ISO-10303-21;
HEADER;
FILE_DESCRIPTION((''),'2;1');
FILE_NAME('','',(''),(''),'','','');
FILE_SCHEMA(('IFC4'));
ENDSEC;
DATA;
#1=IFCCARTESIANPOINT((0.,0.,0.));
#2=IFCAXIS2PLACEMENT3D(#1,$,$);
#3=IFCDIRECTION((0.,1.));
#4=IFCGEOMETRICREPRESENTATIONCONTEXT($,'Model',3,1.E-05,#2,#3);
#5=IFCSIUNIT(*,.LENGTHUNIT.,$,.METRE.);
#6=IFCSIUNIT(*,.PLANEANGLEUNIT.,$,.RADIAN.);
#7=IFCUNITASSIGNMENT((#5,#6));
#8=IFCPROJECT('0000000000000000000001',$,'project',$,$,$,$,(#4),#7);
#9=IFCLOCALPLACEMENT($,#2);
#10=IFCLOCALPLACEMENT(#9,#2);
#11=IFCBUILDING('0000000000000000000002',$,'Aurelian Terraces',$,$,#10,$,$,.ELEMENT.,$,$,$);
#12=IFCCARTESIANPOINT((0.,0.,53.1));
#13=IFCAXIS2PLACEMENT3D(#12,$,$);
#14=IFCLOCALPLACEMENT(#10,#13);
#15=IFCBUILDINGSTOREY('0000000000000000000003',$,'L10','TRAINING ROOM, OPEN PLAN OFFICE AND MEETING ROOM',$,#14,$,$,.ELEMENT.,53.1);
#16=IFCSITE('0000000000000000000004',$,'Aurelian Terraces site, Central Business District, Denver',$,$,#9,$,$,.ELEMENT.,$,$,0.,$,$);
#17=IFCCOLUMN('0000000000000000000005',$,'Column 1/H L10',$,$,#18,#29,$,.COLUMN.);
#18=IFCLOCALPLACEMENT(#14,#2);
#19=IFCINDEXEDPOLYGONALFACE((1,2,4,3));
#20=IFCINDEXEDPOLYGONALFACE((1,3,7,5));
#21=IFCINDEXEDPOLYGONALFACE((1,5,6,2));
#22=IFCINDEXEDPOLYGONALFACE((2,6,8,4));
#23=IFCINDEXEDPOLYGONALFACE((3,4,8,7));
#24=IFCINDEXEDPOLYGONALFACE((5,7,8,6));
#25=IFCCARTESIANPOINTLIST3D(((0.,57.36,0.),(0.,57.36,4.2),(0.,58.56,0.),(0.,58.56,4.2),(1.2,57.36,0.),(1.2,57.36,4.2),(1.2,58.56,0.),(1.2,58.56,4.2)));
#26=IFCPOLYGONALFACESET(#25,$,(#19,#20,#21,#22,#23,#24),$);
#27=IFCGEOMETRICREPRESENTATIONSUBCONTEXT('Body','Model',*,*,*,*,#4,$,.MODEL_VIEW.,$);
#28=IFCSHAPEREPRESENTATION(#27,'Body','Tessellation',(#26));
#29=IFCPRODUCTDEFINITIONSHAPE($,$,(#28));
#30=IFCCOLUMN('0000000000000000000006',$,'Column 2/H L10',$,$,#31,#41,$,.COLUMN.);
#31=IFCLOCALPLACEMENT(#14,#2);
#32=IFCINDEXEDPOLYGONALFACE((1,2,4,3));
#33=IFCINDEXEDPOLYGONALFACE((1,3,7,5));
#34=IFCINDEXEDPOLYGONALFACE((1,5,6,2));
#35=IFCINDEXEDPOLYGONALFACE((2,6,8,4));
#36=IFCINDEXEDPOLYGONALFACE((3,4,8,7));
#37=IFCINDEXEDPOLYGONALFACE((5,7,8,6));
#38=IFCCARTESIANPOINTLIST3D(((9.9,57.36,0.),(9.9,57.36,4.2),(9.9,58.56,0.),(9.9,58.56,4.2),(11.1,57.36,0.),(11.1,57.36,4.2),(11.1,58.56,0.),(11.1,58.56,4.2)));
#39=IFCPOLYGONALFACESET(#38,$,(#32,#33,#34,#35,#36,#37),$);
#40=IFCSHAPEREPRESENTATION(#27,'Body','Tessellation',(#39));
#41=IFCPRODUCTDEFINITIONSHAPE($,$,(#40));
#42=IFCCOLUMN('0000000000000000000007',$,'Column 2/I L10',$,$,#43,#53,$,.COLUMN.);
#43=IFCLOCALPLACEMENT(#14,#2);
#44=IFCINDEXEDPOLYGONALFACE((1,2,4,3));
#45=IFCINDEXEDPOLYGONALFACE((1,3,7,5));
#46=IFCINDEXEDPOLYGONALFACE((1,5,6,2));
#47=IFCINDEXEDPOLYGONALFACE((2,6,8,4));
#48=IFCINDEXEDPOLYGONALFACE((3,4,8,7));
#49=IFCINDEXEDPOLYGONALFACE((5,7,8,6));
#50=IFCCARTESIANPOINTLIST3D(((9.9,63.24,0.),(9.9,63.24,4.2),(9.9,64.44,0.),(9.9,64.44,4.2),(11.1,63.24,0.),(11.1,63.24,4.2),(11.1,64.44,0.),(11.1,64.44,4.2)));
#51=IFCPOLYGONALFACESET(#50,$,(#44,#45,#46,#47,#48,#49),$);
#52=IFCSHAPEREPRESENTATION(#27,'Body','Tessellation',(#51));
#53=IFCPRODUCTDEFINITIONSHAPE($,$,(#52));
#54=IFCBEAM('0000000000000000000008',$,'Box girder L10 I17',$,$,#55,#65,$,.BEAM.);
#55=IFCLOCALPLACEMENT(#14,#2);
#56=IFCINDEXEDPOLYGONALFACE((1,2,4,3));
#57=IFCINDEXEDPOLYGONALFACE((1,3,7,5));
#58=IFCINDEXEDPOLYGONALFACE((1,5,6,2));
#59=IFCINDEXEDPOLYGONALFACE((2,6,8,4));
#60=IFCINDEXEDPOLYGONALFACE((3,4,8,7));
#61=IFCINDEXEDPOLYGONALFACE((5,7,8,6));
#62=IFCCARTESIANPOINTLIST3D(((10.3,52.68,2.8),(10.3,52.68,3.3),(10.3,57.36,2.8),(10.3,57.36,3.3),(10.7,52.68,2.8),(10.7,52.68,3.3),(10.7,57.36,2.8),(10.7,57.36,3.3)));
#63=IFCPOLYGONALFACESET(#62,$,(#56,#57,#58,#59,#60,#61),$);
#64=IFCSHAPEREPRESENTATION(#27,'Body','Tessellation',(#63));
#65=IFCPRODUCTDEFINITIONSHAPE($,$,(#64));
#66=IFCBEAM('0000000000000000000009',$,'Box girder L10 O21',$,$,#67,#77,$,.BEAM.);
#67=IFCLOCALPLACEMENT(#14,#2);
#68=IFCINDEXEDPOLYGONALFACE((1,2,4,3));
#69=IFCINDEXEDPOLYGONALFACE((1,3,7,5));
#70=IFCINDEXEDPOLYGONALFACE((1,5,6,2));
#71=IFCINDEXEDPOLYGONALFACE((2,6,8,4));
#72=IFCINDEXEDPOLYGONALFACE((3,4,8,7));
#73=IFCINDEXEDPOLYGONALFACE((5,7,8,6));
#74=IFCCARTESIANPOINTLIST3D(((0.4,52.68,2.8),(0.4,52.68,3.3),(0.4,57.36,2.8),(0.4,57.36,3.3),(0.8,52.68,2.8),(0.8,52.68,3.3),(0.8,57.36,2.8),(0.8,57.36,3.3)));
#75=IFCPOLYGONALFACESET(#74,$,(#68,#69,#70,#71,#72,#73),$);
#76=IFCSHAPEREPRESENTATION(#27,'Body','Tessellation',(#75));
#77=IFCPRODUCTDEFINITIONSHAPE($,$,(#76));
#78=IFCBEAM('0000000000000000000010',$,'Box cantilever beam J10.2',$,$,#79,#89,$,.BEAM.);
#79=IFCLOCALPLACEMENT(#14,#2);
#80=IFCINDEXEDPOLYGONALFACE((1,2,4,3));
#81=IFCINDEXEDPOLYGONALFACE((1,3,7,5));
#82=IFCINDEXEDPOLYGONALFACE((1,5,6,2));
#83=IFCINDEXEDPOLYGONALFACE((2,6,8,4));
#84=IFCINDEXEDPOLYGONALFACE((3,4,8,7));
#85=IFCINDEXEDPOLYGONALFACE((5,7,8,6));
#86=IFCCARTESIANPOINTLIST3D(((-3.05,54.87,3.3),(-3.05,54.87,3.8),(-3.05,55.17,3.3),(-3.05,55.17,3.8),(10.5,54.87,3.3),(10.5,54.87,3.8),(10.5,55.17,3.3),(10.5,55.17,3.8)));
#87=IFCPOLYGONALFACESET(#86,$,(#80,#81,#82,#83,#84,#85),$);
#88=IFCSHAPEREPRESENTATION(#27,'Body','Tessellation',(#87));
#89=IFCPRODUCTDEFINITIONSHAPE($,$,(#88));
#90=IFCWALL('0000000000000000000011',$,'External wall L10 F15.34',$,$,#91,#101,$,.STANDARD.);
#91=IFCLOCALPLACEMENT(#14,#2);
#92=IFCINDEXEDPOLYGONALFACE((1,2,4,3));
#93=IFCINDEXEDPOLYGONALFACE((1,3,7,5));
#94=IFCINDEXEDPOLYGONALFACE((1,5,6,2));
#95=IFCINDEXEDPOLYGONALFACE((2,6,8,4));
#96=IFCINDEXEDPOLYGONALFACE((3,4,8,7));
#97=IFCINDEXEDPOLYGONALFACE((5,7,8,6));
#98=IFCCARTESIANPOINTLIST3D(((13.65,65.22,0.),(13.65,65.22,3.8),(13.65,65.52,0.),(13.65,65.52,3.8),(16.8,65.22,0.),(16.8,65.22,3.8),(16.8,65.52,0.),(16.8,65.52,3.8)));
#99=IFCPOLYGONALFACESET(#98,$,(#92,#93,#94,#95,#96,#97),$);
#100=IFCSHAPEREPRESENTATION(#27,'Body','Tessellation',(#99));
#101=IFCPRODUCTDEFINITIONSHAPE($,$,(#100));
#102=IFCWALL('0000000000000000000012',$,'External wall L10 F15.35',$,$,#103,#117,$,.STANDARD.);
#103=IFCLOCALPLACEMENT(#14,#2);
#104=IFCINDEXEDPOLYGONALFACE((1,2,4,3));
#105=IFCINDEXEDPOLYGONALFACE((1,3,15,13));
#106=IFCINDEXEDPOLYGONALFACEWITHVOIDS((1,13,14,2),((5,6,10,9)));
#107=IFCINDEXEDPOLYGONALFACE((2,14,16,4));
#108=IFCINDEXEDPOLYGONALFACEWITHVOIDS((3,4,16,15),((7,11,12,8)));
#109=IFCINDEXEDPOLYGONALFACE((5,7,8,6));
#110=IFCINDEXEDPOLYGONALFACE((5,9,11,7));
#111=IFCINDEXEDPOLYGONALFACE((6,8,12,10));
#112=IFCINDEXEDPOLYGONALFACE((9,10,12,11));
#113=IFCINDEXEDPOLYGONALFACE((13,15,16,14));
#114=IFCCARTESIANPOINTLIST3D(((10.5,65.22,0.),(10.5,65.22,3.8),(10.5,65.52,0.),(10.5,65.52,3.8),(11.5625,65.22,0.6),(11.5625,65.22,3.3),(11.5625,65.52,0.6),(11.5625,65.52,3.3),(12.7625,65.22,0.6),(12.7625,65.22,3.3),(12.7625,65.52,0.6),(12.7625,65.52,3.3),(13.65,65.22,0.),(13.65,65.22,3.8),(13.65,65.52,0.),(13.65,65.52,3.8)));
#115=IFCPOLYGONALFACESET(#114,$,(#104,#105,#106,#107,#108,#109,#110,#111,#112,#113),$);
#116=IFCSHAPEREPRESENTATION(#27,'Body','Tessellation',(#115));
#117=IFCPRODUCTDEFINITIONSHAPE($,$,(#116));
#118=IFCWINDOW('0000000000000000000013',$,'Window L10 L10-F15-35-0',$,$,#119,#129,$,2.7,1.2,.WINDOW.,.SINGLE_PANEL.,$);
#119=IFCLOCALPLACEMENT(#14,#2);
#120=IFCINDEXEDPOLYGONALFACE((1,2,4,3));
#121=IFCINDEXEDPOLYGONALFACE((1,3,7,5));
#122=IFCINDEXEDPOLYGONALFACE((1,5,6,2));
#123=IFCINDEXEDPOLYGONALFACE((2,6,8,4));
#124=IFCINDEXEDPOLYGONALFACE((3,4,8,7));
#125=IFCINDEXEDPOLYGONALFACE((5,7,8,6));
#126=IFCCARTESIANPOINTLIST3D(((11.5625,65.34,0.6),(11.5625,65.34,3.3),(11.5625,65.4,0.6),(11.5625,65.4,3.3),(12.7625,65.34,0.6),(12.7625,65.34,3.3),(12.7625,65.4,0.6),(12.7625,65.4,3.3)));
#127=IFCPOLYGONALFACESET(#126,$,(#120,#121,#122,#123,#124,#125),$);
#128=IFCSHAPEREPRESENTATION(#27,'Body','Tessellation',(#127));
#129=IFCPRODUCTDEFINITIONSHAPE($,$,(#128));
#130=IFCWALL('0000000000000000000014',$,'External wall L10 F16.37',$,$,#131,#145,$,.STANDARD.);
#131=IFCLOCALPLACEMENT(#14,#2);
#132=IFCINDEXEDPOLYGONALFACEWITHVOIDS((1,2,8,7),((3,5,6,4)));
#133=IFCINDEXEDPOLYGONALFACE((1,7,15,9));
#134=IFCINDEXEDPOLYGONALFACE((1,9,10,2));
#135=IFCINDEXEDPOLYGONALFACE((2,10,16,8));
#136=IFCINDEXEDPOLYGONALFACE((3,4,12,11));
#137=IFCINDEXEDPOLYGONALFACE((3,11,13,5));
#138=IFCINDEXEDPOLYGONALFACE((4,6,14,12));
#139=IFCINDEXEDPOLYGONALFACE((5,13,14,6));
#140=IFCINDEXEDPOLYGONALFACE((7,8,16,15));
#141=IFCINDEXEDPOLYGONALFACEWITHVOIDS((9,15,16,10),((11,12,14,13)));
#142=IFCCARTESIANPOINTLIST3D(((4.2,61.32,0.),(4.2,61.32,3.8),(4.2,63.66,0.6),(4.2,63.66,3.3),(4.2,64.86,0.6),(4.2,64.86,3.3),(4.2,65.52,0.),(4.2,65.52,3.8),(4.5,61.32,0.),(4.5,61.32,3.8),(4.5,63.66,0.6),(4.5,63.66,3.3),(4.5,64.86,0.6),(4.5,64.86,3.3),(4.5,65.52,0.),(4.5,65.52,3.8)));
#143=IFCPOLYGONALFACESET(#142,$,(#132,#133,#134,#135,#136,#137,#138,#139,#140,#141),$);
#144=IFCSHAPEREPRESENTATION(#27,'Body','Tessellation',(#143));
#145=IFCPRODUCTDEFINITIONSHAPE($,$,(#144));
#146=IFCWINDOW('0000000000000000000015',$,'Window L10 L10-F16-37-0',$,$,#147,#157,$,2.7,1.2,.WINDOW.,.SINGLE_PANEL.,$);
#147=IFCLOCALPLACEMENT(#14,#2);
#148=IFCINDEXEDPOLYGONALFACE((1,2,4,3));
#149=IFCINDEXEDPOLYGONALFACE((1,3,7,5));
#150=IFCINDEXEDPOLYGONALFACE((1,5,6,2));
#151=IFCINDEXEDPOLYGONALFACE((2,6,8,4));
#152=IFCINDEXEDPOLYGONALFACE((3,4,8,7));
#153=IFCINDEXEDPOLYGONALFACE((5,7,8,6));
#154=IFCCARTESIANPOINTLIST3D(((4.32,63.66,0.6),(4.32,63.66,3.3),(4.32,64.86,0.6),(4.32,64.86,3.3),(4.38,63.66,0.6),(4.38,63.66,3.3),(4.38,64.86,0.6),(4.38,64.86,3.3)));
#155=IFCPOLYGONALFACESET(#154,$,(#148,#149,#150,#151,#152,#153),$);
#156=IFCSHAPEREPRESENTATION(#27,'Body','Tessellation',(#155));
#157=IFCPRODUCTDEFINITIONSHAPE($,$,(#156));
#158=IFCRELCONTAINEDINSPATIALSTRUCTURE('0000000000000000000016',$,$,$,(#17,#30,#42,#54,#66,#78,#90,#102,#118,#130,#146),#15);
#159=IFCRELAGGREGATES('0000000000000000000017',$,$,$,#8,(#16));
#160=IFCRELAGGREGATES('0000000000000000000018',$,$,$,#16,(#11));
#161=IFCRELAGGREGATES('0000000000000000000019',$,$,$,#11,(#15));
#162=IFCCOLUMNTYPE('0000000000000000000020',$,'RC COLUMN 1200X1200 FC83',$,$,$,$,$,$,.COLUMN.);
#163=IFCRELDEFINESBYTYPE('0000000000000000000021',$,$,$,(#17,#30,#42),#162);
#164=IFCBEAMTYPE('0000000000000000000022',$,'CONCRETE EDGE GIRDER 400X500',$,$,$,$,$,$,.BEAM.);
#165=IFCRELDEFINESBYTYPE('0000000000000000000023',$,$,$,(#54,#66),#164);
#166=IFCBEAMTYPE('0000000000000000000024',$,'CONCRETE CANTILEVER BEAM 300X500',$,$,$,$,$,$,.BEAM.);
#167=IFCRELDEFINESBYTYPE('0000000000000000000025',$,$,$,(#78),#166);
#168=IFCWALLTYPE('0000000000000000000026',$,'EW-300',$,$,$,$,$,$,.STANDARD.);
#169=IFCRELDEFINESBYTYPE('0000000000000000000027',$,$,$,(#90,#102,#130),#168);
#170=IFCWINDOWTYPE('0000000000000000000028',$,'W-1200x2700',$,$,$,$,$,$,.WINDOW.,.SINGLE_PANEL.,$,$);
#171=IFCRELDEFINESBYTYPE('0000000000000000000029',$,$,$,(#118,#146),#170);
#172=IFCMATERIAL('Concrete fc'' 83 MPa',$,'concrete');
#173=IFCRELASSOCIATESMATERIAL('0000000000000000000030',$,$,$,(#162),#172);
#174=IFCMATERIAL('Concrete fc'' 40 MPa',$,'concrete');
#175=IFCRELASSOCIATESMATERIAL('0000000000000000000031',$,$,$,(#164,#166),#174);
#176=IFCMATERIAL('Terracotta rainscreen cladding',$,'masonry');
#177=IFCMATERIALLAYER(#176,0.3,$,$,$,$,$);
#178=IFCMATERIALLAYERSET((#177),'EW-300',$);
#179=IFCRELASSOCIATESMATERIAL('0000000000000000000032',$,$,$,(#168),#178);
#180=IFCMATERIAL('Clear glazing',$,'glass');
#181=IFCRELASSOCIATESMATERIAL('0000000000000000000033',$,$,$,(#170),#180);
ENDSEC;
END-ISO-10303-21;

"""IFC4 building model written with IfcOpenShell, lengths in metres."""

from ifc_helpers import new_model, si_unit, direction, frame, frame_2d, origin, origin_2d, place, context, subcontext, project, spatial, rectangle, extrude, source, transform, mapped, material, layer, layer_set, material_profile, profile_set, type_object, element, fill, save


model = new_model("IFC4")

# Units and contexts
model_context = context("Model", 3, precision=1e-05, world=origin(), true_north=direction((0.0, 1.0)))
body_context = subcontext(model_context, "Body", "Model", "MODEL_VIEW")
ifc_project = project(units=[si_unit("LENGTHUNIT", "METRE"), si_unit("PLANEANGLEUNIT", "RADIAN")], contexts=[model_context])

# Site, building, storey
site_placement = place(None, origin())
site = spatial("IfcSite", under=ifc_project, at=site_placement, Name="Aurelian Terraces site, Central Business District, Denver", CompositionType="ELEMENT", RefElevation=0.0)
building_placement = place(site_placement, origin())
building = spatial("IfcBuilding", under=site, at=building_placement, Name="Aurelian Terraces", CompositionType="ELEMENT")
storey_placement = place(building_placement, frame((0.0, 0.0, 53.1)))
storey = spatial("IfcBuildingStorey", under=building, at=storey_placement, Name="L10", Description="TRAINING ROOM, OPEN PLAN OFFICE AND MEETING ROOM", CompositionType="ELEMENT", Elevation=53.1)

# Columns
ifc_material_1 = material(Name="Concrete fc' 83 MPa", Category="concrete")
ifc_material_profile_1 = material_profile(ifc_material_1, rectangle(XDim=1.2, YDim=1.2, at=origin_2d()))
ifc_profile_set_1 = profile_set([ifc_material_profile_1], Name="Concrete fc' 83 MPa")
column_type = type_object("IfcColumnType", Name="RC COLUMN 1200X1200 FC83", PredefinedType="COLUMN", material=ifc_profile_set_1)
shared_shape_1 = source(origin(), body_context, "Body", "SweptSolid", [
    extrude(rectangle(XDim=1.2, YDim=1.2, at=origin_2d()), origin(), (0.0, 0.0, 1.0), 4.2),
])
for number, where, z_axis, x_axis, name in (
    (1, (0.6, 57.96, 0.0), (0.0, 0.0, 1.0), (1.0, 0.0, 0.0), "Column 1/H L10"),
    (2, (10.5, 57.96, 0.0), (0.0, 0.0, 1.0), (1.0, 0.0, 0.0), "Column 2/H L10"),
    (3, (10.5, 63.84, 0.0), (0.0, 0.0, 1.0), (1.0, 0.0, 0.0), "Column 2/I L10"),
):
    element("IfcColumn", number, at=place(storey_placement, frame(where, z_axis=z_axis, x_axis=x_axis)), inside=storey, type_object=column_type, Name=name, PredefinedType="COLUMN", context=body_context, shape_type="MappedRepresentation", body=[
        mapped(shared_shape_1, transform((0.0, 0.0, 0.0), scale=1.0)),
    ])

# Beams
ifc_material_2 = material(Name="Concrete fc' 40 MPa", Category="concrete")
ifc_material_profile_2 = material_profile(ifc_material_2, rectangle(XDim=0.4, YDim=0.5, at=origin_2d()))
ifc_profile_set_2 = profile_set([ifc_material_profile_2], Name="Concrete fc' 40 MPa")
beam_type_1 = type_object("IfcBeamType", Name="CONCRETE EDGE GIRDER 400X500", PredefinedType="BEAM", material=ifc_profile_set_2)
shared_shape_2 = source(origin(), body_context, "Body", "SweptSolid", [
    extrude(rectangle(XDim=0.4, YDim=0.5, at=origin_2d()), origin(), (0.0, 0.0, 1.0), 4.68),
])
for number, where, z_axis, x_axis, name in (
    (4, (10.5, 52.68, 3.05), (0.0, 1.0, 0.0), (-1.0, 0.0, 0.0), "Box girder L10 I17"),
    (5, (0.6, 52.68, 3.05), (0.0, 1.0, 0.0), (-1.0, 0.0, 0.0), "Box girder L10 O21"),
):
    element("IfcBeam", number, at=place(storey_placement, frame(where, z_axis=z_axis, x_axis=x_axis)), inside=storey, type_object=beam_type_1, Name=name, PredefinedType="BEAM", context=body_context, shape_type="MappedRepresentation", body=[
        mapped(shared_shape_2, transform((0.0, 0.0, 0.0), scale=1.0)),
    ])
ifc_material_profile_3 = material_profile(ifc_material_2, rectangle(XDim=0.3, YDim=0.5, at=origin_2d()))
ifc_profile_set_3 = profile_set([ifc_material_profile_3], Name="Concrete fc' 40 MPa")
beam_type_2 = type_object("IfcBeamType", Name="CONCRETE CANTILEVER BEAM 300X500", PredefinedType="BEAM", material=ifc_profile_set_3)
shared_shape_3 = source(origin(), body_context, "Body", "SweptSolid", [
    extrude(rectangle(XDim=0.3, YDim=0.5, at=origin_2d()), origin(), (0.0, 0.0, 1.0), 13.55),
])
beam_placement = place(storey_placement, frame((-3.05, 55.02, 3.55), z_axis=(1.0, 0.0, 0.0), x_axis=(0.0, 1.0, 0.0)))
element("IfcBeam", 6, at=beam_placement, inside=storey, type_object=beam_type_2, Name="Box cantilever beam J10.2", PredefinedType="BEAM", context=body_context, shape_type="MappedRepresentation", body=[
    mapped(shared_shape_3, transform((0.0, 0.0, 0.0), scale=1.0)),
])

# Wall
ifc_material_3 = material(Name="Terracotta rainscreen cladding", Category="masonry")
ifc_layer_1 = layer(ifc_material_3, 0.3)
ifc_layer_set_1 = layer_set([ifc_layer_1], Name="EW-300")
wall_type_1 = type_object("IfcWallType", Name="EW-300", PredefinedType="STANDARD", material=ifc_layer_set_1)
shared_shape_4 = source(origin(), body_context, "Body", "SweptSolid", [
    extrude(rectangle(XDim=3.15, YDim=0.3, at=frame_2d((1.575, 0.0))), origin(), (0.0, 0.0, 1.0), 3.8),
])
wall_1_placement = place(storey_placement, frame((16.8, 65.37, 0.0), z_axis=(0.0, 0.0, 1.0), x_axis=(-1.0, 0.0, 0.0)))
element("IfcWall", 7, at=wall_1_placement, inside=storey, type_object=wall_type_1, Name="External wall L10 F15.34", PredefinedType="STANDARD", context=body_context, shape_type="MappedRepresentation", body=[
    mapped(shared_shape_4, transform((0.0, 0.0, 0.0), scale=1.0)),
])

# Walls, openings, windows
wall_2_placement = place(storey_placement, frame((13.65, 65.37, 0.0), z_axis=(0.0, 0.0, 1.0), x_axis=(-1.0, 0.0, 0.0)))
wall_2 = element("IfcWall", 8, at=wall_2_placement, inside=storey, type_object=wall_type_1, Name="External wall L10 F15.35", PredefinedType="STANDARD", context=body_context, shape_type="MappedRepresentation", body=[
    mapped(shared_shape_4, transform((0.0, 0.0, 0.0), scale=1.0)),
])
shared_shape_5 = source(origin(), body_context, "Body", "SweptSolid", [
    extrude(rectangle(XDim=1.2, YDim=2.7, at=frame_2d((0.6, 1.35))), frame((0.0, 0.16, 0.0), z_axis=(0.0, -1.0, 0.0), x_axis=(1.0, 0.0, 0.0)), (0.0, 0.0, 1.0), 0.32),
])
opening_1_placement = place(wall_2_placement, frame((0.8875, 0.0, 0.6)))
opening_1 = element("IfcOpeningElement", 9, at=opening_1_placement, cuts=wall_2, PredefinedType="OPENING", context=body_context, shape_type="MappedRepresentation", body=[
    mapped(shared_shape_5, transform((0.0, 0.0, 0.0), scale=1.0)),
])
ifc_material_4 = material(Name="Clear glazing", Category="glass")
window_type_1 = type_object("IfcWindowType", Name="W-1200x2700", PartitioningType="SINGLE_PANEL", PredefinedType="WINDOW", material=ifc_material_4)
shared_shape_6 = source(origin(), body_context, "Body", "SweptSolid", [
    extrude(rectangle(XDim=1.2, YDim=2.7, at=frame_2d((0.6, 1.35))), frame((0.0, 0.03, 0.0), z_axis=(0.0, -1.0, 0.0), x_axis=(1.0, 0.0, 0.0)), (0.0, 0.0, 1.0), 0.06),
])
window_1_placement = place(opening_1_placement, origin())
window_1 = element("IfcWindow", 10, at=window_1_placement, inside=storey, type_object=window_type_1, Name="Window L10 L10-F15-35-0", OverallHeight=2.7, OverallWidth=1.2, PartitioningType="SINGLE_PANEL", PredefinedType="WINDOW", context=body_context, shape_type="MappedRepresentation", body=[
    mapped(shared_shape_6, transform((0.0, 0.0, 0.0), scale=1.0)),
])
fill(opening_1, window_1)
shared_shape_7 = source(origin(), body_context, "Body", "SweptSolid", [
    extrude(rectangle(XDim=4.2, YDim=0.3, at=frame_2d((2.1, 0.0))), origin(), (0.0, 0.0, 1.0), 3.8),
])
wall_3_placement = place(storey_placement, frame((4.35, 65.52, 0.0), z_axis=(0.0, 0.0, 1.0), x_axis=(0.0, -1.0, 0.0)))
wall_3 = element("IfcWall", 11, at=wall_3_placement, inside=storey, type_object=wall_type_1, Name="External wall L10 F16.37", PredefinedType="STANDARD", context=body_context, shape_type="MappedRepresentation", body=[
    mapped(shared_shape_7, transform((0.0, 0.0, 0.0), scale=1.0)),
])
opening_2_placement = place(wall_3_placement, frame((0.66, 0.0, 0.6)))
opening_2 = element("IfcOpeningElement", 12, at=opening_2_placement, cuts=wall_3, PredefinedType="OPENING", context=body_context, shape_type="MappedRepresentation", body=[
    mapped(shared_shape_5, transform((0.0, 0.0, 0.0), scale=1.0)),
])
window_2_placement = place(opening_2_placement, origin())
window_2 = element("IfcWindow", 13, at=window_2_placement, inside=storey, type_object=window_type_1, Name="Window L10 L10-F16-37-0", OverallHeight=2.7, OverallWidth=1.2, PartitioningType="SINGLE_PANEL", PredefinedType="WINDOW", context=body_context, shape_type="MappedRepresentation", body=[
    mapped(shared_shape_6, transform((0.0, 0.0, 0.0), scale=1.0)),
])
fill(opening_2, window_2)

save(model, "model.ifc")
